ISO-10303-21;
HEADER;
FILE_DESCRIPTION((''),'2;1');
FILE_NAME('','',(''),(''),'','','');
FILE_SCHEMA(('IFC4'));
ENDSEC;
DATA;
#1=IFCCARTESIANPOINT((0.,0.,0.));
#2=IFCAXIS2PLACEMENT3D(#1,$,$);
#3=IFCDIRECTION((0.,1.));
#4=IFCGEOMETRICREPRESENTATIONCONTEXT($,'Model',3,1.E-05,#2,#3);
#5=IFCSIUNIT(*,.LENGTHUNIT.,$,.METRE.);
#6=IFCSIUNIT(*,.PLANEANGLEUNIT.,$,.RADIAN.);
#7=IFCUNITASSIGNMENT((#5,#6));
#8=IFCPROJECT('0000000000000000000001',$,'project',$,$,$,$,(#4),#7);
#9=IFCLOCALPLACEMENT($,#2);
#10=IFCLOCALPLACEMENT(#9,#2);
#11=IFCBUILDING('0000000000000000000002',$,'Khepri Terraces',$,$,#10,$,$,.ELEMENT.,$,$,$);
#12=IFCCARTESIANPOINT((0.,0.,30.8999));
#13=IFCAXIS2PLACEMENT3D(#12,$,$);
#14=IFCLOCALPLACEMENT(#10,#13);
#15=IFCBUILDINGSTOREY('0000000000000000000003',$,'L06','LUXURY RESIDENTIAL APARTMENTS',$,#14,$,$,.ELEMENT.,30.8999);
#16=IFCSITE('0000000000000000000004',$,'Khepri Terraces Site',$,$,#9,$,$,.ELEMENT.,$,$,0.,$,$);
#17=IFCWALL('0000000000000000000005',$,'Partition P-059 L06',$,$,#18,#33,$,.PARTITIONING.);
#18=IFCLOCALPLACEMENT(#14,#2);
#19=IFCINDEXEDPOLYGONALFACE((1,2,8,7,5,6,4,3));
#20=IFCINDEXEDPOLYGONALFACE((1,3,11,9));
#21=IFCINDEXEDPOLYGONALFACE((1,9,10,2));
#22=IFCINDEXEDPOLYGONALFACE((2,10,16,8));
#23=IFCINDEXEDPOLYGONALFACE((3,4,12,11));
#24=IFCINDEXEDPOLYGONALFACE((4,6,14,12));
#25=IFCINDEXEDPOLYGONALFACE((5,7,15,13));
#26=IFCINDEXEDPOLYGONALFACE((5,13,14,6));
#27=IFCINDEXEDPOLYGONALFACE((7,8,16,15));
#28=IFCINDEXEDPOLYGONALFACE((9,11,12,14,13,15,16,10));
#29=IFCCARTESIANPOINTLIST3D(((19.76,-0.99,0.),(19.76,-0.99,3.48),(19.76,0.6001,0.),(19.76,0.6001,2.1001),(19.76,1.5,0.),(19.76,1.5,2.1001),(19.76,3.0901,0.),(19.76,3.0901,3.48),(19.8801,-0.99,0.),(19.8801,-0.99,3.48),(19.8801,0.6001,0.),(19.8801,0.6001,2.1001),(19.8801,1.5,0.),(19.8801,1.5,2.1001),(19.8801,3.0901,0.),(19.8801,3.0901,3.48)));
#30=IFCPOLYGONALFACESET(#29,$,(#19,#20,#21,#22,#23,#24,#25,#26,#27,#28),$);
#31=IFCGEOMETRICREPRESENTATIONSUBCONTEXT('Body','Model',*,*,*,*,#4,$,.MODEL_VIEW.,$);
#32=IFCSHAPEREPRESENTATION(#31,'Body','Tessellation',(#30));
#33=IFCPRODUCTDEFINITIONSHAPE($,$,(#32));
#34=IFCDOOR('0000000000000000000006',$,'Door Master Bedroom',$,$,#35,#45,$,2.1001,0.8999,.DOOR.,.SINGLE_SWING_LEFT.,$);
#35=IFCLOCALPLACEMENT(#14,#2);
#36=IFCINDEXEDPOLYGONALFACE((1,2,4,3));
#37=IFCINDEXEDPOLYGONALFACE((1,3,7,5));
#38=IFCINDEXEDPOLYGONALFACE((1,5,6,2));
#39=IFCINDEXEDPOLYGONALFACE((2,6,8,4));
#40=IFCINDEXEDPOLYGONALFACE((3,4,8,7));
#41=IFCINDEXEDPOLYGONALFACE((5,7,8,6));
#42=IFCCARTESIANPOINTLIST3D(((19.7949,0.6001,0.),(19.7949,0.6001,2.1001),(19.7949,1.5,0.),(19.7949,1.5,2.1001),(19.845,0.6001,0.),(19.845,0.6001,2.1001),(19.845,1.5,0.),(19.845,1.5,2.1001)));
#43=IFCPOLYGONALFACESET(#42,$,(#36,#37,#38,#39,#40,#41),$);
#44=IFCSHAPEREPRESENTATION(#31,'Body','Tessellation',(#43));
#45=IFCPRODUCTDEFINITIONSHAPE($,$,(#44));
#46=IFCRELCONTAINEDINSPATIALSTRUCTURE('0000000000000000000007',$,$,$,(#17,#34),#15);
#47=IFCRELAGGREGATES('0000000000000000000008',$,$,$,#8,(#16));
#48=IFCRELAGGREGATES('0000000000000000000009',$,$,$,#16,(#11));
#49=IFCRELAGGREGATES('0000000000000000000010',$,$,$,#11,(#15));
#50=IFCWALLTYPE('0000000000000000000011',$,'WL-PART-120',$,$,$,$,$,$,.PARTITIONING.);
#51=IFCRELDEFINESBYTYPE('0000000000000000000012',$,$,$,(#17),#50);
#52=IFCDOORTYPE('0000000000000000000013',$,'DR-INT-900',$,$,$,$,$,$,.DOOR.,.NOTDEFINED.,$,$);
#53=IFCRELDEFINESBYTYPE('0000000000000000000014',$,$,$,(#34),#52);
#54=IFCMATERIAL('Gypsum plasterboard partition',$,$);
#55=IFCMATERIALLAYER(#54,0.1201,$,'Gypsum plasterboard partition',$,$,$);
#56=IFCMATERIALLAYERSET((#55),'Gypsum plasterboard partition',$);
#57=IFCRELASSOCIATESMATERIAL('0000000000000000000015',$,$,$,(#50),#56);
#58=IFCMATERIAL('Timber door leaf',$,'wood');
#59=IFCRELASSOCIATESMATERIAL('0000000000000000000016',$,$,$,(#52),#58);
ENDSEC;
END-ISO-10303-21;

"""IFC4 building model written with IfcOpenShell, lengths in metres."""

from ifc_helpers import new_model, si_unit, direction, frame, frame_2d, origin, place, context, subcontext, project, spatial, rectangle, extrude, material, layer, layer_set, type_object, element, fill, save


model = new_model("IFC4")

# Units and contexts
model_context = context("Model", 3, precision=1e-05, world=origin(), true_north=direction((0.0, 1.0)))
body_context = subcontext(model_context, "Body", "Model", "MODEL_VIEW")
ifc_project = project(units=[si_unit("LENGTHUNIT", "METRE"), si_unit("PLANEANGLEUNIT", "RADIAN")], contexts=[model_context])

# Site, building, storey
site_placement = place(None, origin())
site = spatial("IfcSite", under=ifc_project, at=site_placement, Name="Khepri Terraces Site", CompositionType="ELEMENT", RefElevation=0.0)
building_placement = place(site_placement, origin())
building = spatial("IfcBuilding", under=site, at=building_placement, Name="Khepri Terraces", CompositionType="ELEMENT")
storey_placement = place(building_placement, frame((0.0, 0.0, 30.8999)))
storey = spatial("IfcBuildingStorey", under=building, at=storey_placement, Name="L06", Description="LUXURY RESIDENTIAL APARTMENTS", CompositionType="ELEMENT", Elevation=30.8999)

# Shared definitions
ifc_material_1 = material(Name="Gypsum plasterboard partition")
ifc_layer_1 = layer(ifc_material_1, 0.1201, Name="Gypsum plasterboard partition")
ifc_layer_set_1 = layer_set([ifc_layer_1], Name="Gypsum plasterboard partition")
wall_type_1 = type_object("IfcWallType", Name="WL-PART-120", PredefinedType="PARTITIONING", material=ifc_layer_set_1)
ifc_material_2 = material(Name="Timber door leaf", Category="wood")
door_type_1 = type_object("IfcDoorType", Name="DR-INT-900", OperationType="NOTDEFINED", PredefinedType="DOOR", material=ifc_material_2)

# Wall, opening, door
wall_1_placement = place(storey_placement, frame((19.8201, -0.99, 0.0), z_axis=(0.0, 0.0, 1.0), x_axis=(0.0, 1.0, 0.0)))
wall_1 = element("IfcWall", 1, at=wall_1_placement, inside=storey, type_object=wall_type_1, Name="Partition P-059 L06", PredefinedType="PARTITIONING", context=body_context, shape_type="SweptSolid", body=[
    extrude(rectangle(XDim=4.0801, YDim=0.1201, at=frame_2d((2.04, 0.0))), origin(), (0.0, 0.0, 1.0), 3.48),
])
opening_1_placement = place(wall_1_placement, frame((1.5901, 0.0, 0.0)))
opening_1 = element("IfcOpeningElement", 2, at=opening_1_placement, cuts=wall_1, PredefinedType="OPENING", context=body_context, shape_type="SweptSolid", body=[
    extrude(rectangle(XDim=0.8999, YDim=2.1001, at=frame_2d((0.45, 1.05))), frame((0.0, 0.0701, 0.0), z_axis=(0.0, -1.0, 0.0), x_axis=(1.0, 0.0, 0.0)), (0.0, 0.0, 1.0), 0.1401),
])
door_1_placement = place(opening_1_placement, frame((0.8999, 0.0, 0.0), z_axis=(0.0, 0.0, 1.0), x_axis=(-1.0, 0.0, 0.0)))
door_1 = element("IfcDoor", 3, at=door_1_placement, inside=storey, type_object=door_type_1, Name="Door Master Bedroom", OperationType="SINGLE_SWING_LEFT", OverallHeight=2.1001, OverallWidth=0.8999, PredefinedType="DOOR", context=body_context, shape_type="SweptSolid", body=[
    extrude(rectangle(XDim=0.8999, YDim=2.1001, at=frame_2d((0.45, 1.05))), frame((0.0, 0.0249, 0.0), z_axis=(0.0, -1.0, 0.0), x_axis=(1.0, 0.0, 0.0)), (0.0, 0.0, 1.0), 0.05),
])
fill(opening_1, door_1)

save(model, "model.ifc")
